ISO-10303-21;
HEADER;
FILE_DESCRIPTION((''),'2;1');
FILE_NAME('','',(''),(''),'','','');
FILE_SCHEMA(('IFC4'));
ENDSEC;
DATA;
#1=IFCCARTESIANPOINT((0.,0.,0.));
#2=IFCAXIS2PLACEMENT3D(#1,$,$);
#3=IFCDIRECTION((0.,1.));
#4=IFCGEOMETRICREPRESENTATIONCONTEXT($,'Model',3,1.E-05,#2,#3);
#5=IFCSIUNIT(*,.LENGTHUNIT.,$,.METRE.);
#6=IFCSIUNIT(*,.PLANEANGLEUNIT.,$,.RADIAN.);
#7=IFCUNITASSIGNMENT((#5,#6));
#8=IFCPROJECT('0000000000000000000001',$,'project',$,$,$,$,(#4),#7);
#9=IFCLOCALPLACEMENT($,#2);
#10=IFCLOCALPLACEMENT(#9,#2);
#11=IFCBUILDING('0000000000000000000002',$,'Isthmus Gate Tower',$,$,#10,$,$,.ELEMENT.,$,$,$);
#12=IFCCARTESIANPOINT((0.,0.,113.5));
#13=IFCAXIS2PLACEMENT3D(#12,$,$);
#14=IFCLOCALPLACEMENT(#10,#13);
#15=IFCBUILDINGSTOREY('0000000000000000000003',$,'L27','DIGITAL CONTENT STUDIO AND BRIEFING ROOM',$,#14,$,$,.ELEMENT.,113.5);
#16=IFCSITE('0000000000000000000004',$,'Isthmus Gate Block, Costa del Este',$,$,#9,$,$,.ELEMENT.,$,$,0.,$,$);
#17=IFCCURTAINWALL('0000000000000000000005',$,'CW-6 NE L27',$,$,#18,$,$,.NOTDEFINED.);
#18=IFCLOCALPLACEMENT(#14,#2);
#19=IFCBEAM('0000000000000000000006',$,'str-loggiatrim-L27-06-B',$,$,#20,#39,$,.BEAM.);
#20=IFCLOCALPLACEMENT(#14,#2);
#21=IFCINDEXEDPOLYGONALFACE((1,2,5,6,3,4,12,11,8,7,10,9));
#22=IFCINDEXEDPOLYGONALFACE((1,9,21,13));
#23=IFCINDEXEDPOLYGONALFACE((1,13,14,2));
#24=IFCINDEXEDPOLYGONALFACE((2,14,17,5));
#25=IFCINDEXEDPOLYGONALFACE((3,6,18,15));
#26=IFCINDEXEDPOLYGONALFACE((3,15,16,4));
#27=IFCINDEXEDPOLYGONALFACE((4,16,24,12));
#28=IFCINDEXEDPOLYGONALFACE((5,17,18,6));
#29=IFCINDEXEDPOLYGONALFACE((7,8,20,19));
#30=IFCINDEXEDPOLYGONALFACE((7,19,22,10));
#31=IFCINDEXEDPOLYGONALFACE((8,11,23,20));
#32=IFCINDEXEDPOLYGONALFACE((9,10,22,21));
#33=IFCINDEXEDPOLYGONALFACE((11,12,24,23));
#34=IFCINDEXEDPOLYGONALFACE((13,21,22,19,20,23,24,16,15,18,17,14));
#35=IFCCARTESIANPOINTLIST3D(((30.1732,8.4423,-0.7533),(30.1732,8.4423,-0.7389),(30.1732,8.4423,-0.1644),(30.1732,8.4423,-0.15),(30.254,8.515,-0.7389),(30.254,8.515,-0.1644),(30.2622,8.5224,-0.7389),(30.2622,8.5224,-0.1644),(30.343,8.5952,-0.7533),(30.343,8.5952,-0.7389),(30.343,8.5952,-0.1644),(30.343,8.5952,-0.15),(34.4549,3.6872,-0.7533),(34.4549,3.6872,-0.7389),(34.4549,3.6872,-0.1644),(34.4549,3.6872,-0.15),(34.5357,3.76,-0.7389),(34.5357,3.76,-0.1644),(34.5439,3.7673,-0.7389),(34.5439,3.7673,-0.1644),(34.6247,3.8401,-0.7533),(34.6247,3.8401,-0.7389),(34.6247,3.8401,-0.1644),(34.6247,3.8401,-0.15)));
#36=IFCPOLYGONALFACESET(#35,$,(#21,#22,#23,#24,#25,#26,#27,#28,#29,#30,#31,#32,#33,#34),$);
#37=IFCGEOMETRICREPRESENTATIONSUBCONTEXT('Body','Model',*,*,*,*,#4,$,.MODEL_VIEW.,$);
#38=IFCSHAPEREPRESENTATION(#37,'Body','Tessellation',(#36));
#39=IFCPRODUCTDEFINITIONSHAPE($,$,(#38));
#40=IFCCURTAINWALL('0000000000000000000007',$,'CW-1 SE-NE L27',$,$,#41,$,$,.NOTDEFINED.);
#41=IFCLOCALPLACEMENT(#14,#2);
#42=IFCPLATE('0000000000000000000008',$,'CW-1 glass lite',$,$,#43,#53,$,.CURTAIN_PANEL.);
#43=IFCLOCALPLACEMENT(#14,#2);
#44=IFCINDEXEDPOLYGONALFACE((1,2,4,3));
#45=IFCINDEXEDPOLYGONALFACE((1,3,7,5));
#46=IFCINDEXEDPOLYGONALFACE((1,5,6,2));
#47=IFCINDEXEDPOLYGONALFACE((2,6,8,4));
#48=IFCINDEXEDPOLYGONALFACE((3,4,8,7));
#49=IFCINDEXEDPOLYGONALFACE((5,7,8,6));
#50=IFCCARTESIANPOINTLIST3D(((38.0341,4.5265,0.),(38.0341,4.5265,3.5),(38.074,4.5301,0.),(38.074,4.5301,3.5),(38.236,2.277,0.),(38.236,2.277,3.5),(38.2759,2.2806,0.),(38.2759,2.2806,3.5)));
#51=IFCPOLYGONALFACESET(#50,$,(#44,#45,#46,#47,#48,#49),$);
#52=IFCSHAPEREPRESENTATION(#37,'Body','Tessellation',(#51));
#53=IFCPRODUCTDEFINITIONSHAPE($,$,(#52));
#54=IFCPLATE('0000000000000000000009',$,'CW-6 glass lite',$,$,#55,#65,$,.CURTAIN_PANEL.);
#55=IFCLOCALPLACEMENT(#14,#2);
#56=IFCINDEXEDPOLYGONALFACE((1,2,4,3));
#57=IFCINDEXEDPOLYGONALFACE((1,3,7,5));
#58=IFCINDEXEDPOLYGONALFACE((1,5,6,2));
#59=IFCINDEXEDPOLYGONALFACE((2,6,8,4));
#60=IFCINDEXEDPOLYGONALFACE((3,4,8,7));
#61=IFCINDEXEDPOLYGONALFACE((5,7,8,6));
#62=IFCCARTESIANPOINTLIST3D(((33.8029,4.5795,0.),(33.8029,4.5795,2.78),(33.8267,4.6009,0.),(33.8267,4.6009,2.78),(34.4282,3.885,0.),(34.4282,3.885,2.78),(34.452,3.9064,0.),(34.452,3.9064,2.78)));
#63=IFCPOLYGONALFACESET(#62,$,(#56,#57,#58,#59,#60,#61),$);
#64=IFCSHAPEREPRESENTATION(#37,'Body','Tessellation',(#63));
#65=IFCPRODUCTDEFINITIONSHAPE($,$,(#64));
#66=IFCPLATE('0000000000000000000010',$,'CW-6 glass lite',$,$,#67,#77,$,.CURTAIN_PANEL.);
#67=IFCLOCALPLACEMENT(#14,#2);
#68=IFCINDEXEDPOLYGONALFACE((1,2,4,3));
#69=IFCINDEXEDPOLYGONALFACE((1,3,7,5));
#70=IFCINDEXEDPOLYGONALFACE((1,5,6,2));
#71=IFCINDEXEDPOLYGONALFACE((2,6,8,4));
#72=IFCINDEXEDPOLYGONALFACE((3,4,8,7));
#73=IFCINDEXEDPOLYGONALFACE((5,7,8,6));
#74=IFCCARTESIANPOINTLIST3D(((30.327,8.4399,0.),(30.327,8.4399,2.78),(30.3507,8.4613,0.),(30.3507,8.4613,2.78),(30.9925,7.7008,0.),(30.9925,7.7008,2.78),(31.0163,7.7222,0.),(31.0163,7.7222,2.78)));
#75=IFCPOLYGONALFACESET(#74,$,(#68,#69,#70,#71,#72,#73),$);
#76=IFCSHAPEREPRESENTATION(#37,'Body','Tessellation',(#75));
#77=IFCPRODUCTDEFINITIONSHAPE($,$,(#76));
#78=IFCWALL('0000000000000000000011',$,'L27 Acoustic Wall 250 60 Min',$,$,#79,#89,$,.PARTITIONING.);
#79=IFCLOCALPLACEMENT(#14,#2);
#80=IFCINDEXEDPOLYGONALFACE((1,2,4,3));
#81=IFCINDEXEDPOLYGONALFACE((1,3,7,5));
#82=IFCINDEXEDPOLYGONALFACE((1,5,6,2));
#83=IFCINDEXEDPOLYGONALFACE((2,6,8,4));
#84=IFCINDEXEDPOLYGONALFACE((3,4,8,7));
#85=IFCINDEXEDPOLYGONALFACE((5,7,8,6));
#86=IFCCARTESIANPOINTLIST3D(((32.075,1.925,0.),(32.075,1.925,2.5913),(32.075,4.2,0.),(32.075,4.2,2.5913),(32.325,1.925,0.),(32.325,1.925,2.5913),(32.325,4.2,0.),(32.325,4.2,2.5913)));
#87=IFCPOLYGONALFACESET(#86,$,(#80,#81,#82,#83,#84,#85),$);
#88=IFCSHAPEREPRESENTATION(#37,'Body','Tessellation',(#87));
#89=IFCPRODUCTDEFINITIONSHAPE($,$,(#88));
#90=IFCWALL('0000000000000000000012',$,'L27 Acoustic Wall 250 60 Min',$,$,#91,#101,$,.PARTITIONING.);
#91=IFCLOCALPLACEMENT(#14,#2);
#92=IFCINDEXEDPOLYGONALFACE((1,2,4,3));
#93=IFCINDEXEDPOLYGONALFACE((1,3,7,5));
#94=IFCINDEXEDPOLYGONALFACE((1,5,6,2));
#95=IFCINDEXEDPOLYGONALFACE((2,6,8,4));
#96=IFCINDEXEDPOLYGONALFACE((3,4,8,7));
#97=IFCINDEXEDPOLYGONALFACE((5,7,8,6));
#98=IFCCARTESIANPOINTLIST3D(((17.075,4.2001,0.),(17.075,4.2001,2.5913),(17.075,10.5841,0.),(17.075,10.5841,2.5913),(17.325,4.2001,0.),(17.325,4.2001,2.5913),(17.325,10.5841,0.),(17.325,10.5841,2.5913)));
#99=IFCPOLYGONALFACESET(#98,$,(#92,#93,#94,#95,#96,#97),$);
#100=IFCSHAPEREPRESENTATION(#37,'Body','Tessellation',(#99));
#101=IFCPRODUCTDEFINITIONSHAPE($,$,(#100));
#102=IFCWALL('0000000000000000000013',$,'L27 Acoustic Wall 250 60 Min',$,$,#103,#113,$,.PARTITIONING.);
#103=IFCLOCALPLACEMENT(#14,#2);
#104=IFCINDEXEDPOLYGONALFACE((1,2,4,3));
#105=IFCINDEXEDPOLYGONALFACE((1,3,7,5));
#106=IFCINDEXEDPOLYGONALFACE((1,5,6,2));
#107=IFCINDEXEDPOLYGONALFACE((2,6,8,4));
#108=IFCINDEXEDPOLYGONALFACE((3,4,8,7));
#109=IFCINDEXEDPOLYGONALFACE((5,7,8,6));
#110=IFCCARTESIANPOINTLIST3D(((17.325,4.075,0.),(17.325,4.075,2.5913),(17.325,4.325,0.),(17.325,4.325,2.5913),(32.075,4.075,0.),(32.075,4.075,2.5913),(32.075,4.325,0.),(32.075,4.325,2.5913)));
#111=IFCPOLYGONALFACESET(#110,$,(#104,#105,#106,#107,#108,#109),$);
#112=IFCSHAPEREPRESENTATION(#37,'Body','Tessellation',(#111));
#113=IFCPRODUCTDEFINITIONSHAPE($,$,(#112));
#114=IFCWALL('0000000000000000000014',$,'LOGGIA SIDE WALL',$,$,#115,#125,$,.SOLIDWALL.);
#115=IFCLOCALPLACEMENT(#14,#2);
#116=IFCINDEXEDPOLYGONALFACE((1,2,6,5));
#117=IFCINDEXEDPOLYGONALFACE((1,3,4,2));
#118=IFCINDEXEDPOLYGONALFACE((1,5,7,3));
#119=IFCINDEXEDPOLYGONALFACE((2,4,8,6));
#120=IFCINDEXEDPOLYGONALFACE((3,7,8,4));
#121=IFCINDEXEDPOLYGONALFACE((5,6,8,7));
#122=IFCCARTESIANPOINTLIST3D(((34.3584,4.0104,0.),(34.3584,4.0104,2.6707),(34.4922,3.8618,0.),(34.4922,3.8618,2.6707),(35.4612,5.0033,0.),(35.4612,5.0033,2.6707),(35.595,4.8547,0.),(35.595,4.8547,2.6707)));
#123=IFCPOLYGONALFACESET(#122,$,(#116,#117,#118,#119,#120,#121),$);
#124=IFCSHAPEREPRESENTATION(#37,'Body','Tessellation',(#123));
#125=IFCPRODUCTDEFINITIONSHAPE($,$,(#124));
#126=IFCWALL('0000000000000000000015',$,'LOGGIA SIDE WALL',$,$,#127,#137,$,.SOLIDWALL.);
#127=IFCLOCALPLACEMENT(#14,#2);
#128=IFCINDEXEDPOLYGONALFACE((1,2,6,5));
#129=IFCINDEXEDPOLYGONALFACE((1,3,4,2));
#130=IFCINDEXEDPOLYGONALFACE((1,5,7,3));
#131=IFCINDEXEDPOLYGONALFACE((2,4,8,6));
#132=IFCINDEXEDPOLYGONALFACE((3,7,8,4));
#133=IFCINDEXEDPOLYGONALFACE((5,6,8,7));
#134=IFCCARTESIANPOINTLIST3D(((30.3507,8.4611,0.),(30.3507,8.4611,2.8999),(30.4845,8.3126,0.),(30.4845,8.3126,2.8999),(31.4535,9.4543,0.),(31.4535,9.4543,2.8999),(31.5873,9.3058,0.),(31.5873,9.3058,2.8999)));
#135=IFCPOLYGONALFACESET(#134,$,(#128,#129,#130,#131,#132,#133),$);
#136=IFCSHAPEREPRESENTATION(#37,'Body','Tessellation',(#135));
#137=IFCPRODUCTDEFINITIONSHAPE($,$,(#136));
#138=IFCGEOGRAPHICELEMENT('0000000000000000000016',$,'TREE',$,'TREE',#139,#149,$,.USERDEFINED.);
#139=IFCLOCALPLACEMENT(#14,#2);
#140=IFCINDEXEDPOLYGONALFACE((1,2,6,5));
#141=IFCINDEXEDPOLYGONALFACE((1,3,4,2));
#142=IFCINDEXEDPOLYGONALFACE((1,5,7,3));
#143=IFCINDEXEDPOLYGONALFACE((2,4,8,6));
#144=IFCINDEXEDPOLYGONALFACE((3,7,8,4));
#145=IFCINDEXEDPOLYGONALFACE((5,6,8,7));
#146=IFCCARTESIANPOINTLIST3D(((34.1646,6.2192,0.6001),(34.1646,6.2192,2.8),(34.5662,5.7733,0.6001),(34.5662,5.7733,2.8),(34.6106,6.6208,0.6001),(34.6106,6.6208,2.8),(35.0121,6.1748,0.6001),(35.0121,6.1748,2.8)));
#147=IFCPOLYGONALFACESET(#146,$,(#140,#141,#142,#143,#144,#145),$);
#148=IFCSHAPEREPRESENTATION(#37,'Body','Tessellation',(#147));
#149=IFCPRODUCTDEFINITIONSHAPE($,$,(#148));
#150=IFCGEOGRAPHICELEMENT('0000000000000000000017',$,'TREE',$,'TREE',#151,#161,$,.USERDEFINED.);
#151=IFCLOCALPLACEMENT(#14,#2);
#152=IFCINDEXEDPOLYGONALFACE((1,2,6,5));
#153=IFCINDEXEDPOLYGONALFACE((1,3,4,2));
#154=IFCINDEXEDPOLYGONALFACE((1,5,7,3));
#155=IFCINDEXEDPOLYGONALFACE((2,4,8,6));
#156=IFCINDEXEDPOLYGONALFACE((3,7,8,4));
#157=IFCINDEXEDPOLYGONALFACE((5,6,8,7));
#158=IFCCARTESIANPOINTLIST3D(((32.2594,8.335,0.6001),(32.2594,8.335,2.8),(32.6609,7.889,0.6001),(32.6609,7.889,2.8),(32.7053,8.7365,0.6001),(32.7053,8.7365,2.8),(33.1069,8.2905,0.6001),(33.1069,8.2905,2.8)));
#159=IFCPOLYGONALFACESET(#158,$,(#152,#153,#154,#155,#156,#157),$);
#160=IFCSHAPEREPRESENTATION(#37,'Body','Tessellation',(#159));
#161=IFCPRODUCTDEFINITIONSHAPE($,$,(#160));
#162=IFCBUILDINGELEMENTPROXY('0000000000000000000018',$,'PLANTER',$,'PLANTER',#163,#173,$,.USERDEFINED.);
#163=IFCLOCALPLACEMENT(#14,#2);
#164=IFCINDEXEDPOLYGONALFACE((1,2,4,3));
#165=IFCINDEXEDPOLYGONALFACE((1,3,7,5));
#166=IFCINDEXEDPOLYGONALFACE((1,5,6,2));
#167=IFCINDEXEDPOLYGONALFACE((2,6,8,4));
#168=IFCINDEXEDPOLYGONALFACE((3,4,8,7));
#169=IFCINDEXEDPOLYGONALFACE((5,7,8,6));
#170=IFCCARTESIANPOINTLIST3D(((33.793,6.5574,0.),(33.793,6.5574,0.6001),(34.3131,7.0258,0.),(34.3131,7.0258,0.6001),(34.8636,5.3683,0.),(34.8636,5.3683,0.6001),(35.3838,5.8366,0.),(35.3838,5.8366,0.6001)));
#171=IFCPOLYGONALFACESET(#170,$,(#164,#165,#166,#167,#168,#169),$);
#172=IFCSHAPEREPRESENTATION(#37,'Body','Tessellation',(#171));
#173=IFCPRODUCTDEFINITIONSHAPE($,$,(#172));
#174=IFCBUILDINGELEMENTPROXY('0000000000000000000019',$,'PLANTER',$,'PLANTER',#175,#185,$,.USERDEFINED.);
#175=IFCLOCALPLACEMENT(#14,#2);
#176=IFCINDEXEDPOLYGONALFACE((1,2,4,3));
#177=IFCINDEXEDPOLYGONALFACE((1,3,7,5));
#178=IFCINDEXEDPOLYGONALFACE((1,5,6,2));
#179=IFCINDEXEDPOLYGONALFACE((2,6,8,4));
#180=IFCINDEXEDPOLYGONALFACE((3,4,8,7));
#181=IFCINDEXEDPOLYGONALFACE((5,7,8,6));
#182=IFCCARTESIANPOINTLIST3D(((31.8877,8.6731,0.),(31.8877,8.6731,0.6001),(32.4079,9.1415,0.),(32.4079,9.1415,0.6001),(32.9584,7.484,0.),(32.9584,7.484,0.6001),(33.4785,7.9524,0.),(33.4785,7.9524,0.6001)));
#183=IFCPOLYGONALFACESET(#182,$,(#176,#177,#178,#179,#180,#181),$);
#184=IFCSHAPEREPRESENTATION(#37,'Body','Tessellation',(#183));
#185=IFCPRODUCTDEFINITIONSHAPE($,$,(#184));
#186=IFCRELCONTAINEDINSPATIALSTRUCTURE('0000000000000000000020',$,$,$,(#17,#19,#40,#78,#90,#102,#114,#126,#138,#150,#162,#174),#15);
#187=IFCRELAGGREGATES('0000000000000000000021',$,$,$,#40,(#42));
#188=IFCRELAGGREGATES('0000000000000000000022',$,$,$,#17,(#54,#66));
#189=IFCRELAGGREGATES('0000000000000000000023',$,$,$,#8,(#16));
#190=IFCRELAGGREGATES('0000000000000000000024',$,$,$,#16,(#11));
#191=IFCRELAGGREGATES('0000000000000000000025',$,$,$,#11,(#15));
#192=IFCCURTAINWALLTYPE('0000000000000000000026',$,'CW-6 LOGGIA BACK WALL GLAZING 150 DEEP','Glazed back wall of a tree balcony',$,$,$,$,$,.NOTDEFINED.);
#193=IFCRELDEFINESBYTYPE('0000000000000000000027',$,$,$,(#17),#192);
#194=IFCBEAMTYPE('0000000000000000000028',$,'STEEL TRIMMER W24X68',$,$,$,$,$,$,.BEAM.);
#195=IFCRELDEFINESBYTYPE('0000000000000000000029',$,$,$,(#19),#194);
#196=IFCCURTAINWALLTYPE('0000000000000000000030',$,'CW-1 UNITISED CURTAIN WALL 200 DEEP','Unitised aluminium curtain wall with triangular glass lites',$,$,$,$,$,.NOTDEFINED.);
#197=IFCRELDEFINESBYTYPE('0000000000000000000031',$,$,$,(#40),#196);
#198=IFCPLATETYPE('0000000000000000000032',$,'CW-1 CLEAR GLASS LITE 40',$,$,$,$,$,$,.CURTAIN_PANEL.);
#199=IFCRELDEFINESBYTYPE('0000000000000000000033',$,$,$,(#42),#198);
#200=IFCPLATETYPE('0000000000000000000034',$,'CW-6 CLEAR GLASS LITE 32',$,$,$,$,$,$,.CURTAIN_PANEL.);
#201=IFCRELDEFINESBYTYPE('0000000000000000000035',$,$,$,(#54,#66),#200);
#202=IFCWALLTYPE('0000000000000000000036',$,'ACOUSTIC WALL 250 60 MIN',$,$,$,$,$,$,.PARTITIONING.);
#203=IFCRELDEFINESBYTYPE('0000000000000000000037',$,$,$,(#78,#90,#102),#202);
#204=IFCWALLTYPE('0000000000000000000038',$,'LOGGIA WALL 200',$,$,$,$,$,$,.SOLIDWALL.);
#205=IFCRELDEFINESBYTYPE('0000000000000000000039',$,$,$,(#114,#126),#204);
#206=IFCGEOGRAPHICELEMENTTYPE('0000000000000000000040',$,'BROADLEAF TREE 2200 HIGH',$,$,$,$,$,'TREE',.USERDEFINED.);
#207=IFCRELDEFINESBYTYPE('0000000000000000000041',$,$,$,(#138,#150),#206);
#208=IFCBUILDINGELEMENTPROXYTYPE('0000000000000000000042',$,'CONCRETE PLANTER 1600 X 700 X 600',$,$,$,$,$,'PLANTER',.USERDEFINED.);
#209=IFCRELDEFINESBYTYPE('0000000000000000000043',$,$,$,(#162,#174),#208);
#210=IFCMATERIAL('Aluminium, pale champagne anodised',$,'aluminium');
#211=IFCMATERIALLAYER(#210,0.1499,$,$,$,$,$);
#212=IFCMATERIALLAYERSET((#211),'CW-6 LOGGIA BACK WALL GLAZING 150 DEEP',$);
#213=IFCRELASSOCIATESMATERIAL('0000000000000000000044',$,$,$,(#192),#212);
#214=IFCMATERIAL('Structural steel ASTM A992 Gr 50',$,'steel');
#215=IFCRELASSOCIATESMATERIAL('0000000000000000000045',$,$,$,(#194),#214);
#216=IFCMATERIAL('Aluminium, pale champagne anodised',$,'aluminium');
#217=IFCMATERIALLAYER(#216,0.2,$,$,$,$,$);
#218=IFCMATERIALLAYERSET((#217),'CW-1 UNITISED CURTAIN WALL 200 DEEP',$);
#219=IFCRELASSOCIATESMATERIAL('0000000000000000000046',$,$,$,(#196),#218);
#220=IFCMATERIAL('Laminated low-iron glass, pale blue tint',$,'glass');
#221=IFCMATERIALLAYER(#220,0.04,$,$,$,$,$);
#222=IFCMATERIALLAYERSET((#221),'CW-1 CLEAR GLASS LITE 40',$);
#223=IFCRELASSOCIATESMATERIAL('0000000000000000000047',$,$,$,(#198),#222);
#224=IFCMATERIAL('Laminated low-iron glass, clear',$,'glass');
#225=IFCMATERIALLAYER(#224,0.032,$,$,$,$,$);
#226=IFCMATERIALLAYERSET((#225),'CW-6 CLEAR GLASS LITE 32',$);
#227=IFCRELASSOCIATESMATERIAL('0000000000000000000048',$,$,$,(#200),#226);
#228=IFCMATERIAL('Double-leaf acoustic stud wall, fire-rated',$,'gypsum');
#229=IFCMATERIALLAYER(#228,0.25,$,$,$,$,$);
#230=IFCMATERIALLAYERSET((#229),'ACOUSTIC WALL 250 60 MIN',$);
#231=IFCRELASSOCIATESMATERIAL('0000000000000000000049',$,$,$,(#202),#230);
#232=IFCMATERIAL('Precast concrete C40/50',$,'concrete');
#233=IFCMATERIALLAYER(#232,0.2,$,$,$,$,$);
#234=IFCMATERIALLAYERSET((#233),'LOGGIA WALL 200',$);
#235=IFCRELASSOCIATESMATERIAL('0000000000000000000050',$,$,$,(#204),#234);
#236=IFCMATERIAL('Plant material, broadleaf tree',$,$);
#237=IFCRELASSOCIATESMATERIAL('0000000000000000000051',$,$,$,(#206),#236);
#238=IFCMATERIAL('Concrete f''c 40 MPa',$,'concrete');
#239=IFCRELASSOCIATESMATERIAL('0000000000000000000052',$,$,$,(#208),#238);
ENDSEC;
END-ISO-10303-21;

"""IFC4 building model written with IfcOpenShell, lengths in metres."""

from ifc_helpers import new_model, si_unit, direction, frame, frame_2d, origin, origin_2d, place, context, subcontext, project, spatial, rectangle, i_section, extrude, material, layer, layer_set, material_profile, profile_set, type_object, element, aggregate, save


model = new_model("IFC4")

# Units and contexts
model_context = context("Model", 3, precision=1e-05, world=origin(), true_north=direction((0.0, 1.0)))
body_context = subcontext(model_context, "Body", "Model", "MODEL_VIEW")
ifc_project = project(units=[si_unit("LENGTHUNIT", "METRE"), si_unit("PLANEANGLEUNIT", "RADIAN")], contexts=[model_context])

# Site, building, storey
site_placement = place(None, origin())
site = spatial("IfcSite", under=ifc_project, at=site_placement, Name="Isthmus Gate Block, Costa del Este", CompositionType="ELEMENT", RefElevation=0.0)
building_placement = place(site_placement, origin())
building = spatial("IfcBuilding", under=site, at=building_placement, Name="Isthmus Gate Tower", CompositionType="ELEMENT")
storey_placement = place(building_placement, frame((0.0, 0.0, 113.5)))
storey = spatial("IfcBuildingStorey", under=building, at=storey_placement, Name="L27", Description="DIGITAL CONTENT STUDIO AND BRIEFING ROOM", CompositionType="ELEMENT", Elevation=113.5)

# Curtain wall
ifc_material_1 = material(Name="Aluminium, pale champagne anodised", Category="aluminium")
ifc_layer_1 = layer(ifc_material_1, 0.1499)
ifc_layer_set_1 = layer_set([ifc_layer_1], Name="CW-6 LOGGIA BACK WALL GLAZING 150 DEEP")
curtain_wall_type_1 = type_object("IfcCurtainWallType", Name="CW-6 LOGGIA BACK WALL GLAZING 150 DEEP", Description="Glazed back wall of a tree balcony", PredefinedType="NOTDEFINED", material=ifc_layer_set_1)
curtain_wall_1_placement = place(storey_placement, origin())
curtain_wall_1 = element("IfcCurtainWall", 1, at=curtain_wall_1_placement, inside=storey, type_object=curtain_wall_type_1, Name="CW-6 NE L27", PredefinedType="NOTDEFINED")

# Beam
ifc_material_2 = material(Name="Structural steel ASTM A992 Gr 50", Category="steel")
ifc_material_profile_1 = material_profile(ifc_material_2, i_section(OverallWidth=0.2285, OverallDepth=0.6033, WebThickness=0.011, FlangeThickness=0.0144, at=origin_2d()), Name="W24X68")
ifc_profile_set_1 = profile_set([ifc_material_profile_1], Name="Structural steel ASTM A992 Gr 50")
beam_type_1 = type_object("IfcBeamType", Name="STEEL TRIMMER W24X68", PredefinedType="BEAM", material=ifc_profile_set_1)
beam_1_placement = place(storey_placement, frame((34.5398, 3.7637, -0.4517), z_axis=(-0.669148, 0.743129, 0.0), x_axis=(-0.743129, -0.669148, 0.0)))
element("IfcBeam", 2, at=beam_1_placement, inside=storey, type_object=beam_type_1, Name="str-loggiatrim-L27-06-B", PredefinedType="BEAM", context=body_context, shape_type="SweptSolid", body=[
    extrude(i_section(OverallWidth=0.2285, OverallDepth=0.6033, WebThickness=0.011, FlangeThickness=0.0144, at=origin_2d()), origin(), (0.0, 0.0, 1.0), 6.3987),
])

# Curtain wall, plate
ifc_material_3 = material(Name="Aluminium, pale champagne anodised", Category="aluminium")
ifc_layer_2 = layer(ifc_material_3, 0.2)
ifc_layer_set_2 = layer_set([ifc_layer_2], Name="CW-1 UNITISED CURTAIN WALL 200 DEEP")
curtain_wall_type_2 = type_object("IfcCurtainWallType", Name="CW-1 UNITISED CURTAIN WALL 200 DEEP", Description="Unitised aluminium curtain wall with triangular glass lites", PredefinedType="NOTDEFINED", material=ifc_layer_set_2)
curtain_wall_2_placement = place(storey_placement, origin())
curtain_wall_2 = element("IfcCurtainWall", 3, at=curtain_wall_2_placement, inside=storey, type_object=curtain_wall_type_2, Name="CW-1 SE-NE L27", PredefinedType="NOTDEFINED")
ifc_material_4 = material(Name="Laminated low-iron glass, pale blue tint", Category="glass")
ifc_layer_3 = layer(ifc_material_4, 0.04)
ifc_layer_set_3 = layer_set([ifc_layer_3], Name="CW-1 CLEAR GLASS LITE 40")
plate_type_1 = type_object("IfcPlateType", Name="CW-1 CLEAR GLASS LITE 40", PredefinedType="CURTAIN_PANEL", material=ifc_layer_set_3)
plate_1_placement = place(storey_placement, frame((38.155, 3.4036, 0.0), z_axis=(0.0, 0.0, 1.0), x_axis=(-0.089397, 0.995996, 0.0)))
plate_1 = element("IfcPlate", 4, at=plate_1_placement, type_object=plate_type_1, Name="CW-1 glass lite", PredefinedType="CURTAIN_PANEL", context=body_context, shape_type="SweptSolid", body=[
    extrude(rectangle(XDim=2.2585, YDim=0.04, at=origin_2d()), origin(), (0.0, 0.0, 1.0), 3.5),
])
aggregate(curtain_wall_2, [plate_1])

# Plates
ifc_material_5 = material(Name="Laminated low-iron glass, clear", Category="glass")
ifc_layer_4 = layer(ifc_material_5, 0.032)
ifc_layer_set_4 = layer_set([ifc_layer_4], Name="CW-6 CLEAR GLASS LITE 32")
plate_type_2 = type_object("IfcPlateType", Name="CW-6 CLEAR GLASS LITE 32", PredefinedType="CURTAIN_PANEL", material=ifc_layer_set_4)
plate_2_placement = place(storey_placement, frame((34.1274, 4.2429, 0.0), z_axis=(0.0, 0.0, 1.0), x_axis=(-0.669131, 0.743145, 0.0)))
plate_2 = element("IfcPlate", 5, at=plate_2_placement, type_object=plate_type_2, Name="CW-6 glass lite", PredefinedType="CURTAIN_PANEL", context=body_context, shape_type="SweptSolid", body=[
    extrude(rectangle(XDim=0.9346, YDim=0.032, at=origin_2d()), origin(), (0.0, 0.0, 1.0), 2.78),
])
plate_3_placement = place(storey_placement, frame((30.6716, 8.0811, 0.0), z_axis=(0.0, 0.0, 1.0), x_axis=(-0.669131, 0.743145, 0.0)))
plate_3 = element("IfcPlate", 6, at=plate_3_placement, type_object=plate_type_2, Name="CW-6 glass lite", PredefinedType="CURTAIN_PANEL", context=body_context, shape_type="SweptSolid", body=[
    extrude(rectangle(XDim=0.9946, YDim=0.032, at=origin_2d()), origin(), (0.0, 0.0, 1.0), 2.78),
])
aggregate(curtain_wall_1, [plate_2, plate_3])

# Walls
ifc_material_6 = material(Name="Double-leaf acoustic stud wall, fire-rated", Category="gypsum")
ifc_layer_5 = layer(ifc_material_6, 0.25)
ifc_layer_set_5 = layer_set([ifc_layer_5], Name="ACOUSTIC WALL 250 60 MIN")
wall_type_1 = type_object("IfcWallType", Name="ACOUSTIC WALL 250 60 MIN", PredefinedType="PARTITIONING", material=ifc_layer_set_5)
wall_1_placement = place(storey_placement, frame((32.2, 4.2, 0.0), z_axis=(0.0, 0.0, 1.0), x_axis=(0.0, -1.0, 0.0)))
element("IfcWall", 7, at=wall_1_placement, inside=storey, type_object=wall_type_1, Name="L27 Acoustic Wall 250 60 Min", PredefinedType="PARTITIONING", context=body_context, shape_type="SweptSolid", body=[
    extrude(rectangle(XDim=2.2749, YDim=0.25, at=frame_2d((1.1375, 0.0))), origin(), (0.0, 0.0, 1.0), 2.5913),
])
wall_2_placement = place(storey_placement, frame((17.2, 10.584, 0.0), z_axis=(0.0, 0.0, 1.0), x_axis=(0.0, -1.0, 0.0)))
element("IfcWall", 8, at=wall_2_placement, inside=storey, type_object=wall_type_1, Name="L27 Acoustic Wall 250 60 Min", PredefinedType="PARTITIONING", context=body_context, shape_type="SweptSolid", body=[
    extrude(rectangle(XDim=6.384, YDim=0.25, at=frame_2d((3.1919, 0.0))), origin(), (0.0, 0.0, 1.0), 2.5913),
])
wall_3_placement = place(storey_placement, frame((17.325, 4.2, 0.0), z_axis=(0.0, 0.0, 1.0), x_axis=(1.0, 0.0, 0.0)))
element("IfcWall", 9, at=wall_3_placement, inside=storey, type_object=wall_type_1, Name="L27 Acoustic Wall 250 60 Min", PredefinedType="PARTITIONING", context=body_context, shape_type="SweptSolid", body=[
    extrude(rectangle(XDim=14.75, YDim=0.25, at=frame_2d((7.375, 0.0))), origin(), (0.0, 0.0, 1.0), 2.5913),
])

# Shared definitions
ifc_material_7 = material(Name="Precast concrete C40/50", Category="concrete")
ifc_layer_6 = layer(ifc_material_7, 0.2)
ifc_layer_set_6 = layer_set([ifc_layer_6], Name="LOGGIA WALL 200")
wall_type_2 = type_object("IfcWallType", Name="LOGGIA WALL 200", PredefinedType="SOLIDWALL", material=ifc_layer_set_6)

# Walls
wall_4_placement = place(storey_placement, frame((35.5281, 4.929, 0.0), z_axis=(0.0, 0.0, 1.0), x_axis=(-0.743155, -0.669119, 0.0)))
element("IfcWall", 10, at=wall_4_placement, inside=storey, type_object=wall_type_2, Name="LOGGIA SIDE WALL", PredefinedType="SOLIDWALL", context=body_context, shape_type="SweptSolid", body=[
    extrude(rectangle(XDim=1.4839, YDim=0.2, at=frame_2d((0.7419, 0.0))), origin(), (0.0, 0.0, 1.0), 2.6707),
])
wall_5_placement = place(storey_placement, frame((31.5205, 9.3801, 0.0), z_axis=(0.0, 0.0, 1.0), x_axis=(-0.743073, -0.66921, 0.0)))
element("IfcWall", 11, at=wall_5_placement, inside=storey, type_object=wall_type_2, Name="LOGGIA SIDE WALL", PredefinedType="SOLIDWALL", context=body_context, shape_type="SweptSolid", body=[
    extrude(rectangle(XDim=1.4841, YDim=0.2, at=frame_2d((0.7422, 0.0))), origin(), (0.0, 0.0, 1.0), 2.8999),
])

# Geographic elements
ifc_material_8 = material(Name="Plant material, broadleaf tree")
geographic_element_type = type_object("IfcGeographicElementType", Name="BROADLEAF TREE 2200 HIGH", ElementType="TREE", PredefinedType="USERDEFINED", material=ifc_material_8)
for number, where, z_axis, x_axis, name in (
    (12, (34.5884, 6.197, 0.6001), (0.0, 0.0, 1.0), (-0.669131, 0.743145, 0.0), "TREE"),
    (13, (32.6831, 8.3127, 0.6001), (0.0, 0.0, 1.0), (-0.669131, 0.743145, 0.0), "TREE"),
):
    element("IfcGeographicElement", number, at=place(storey_placement, frame(where, z_axis=z_axis, x_axis=x_axis)), inside=storey, type_object=geographic_element_type, Name=name, ObjectType="TREE", PredefinedType="USERDEFINED", context=body_context, shape_type="SweptSolid", body=[
        extrude(rectangle(XDim=0.6001, YDim=0.6001, at=origin_2d()), origin(), (0.0, 0.0, 1.0), 2.2),
    ])

# Building element proxies
ifc_material_9 = material(Name="Concrete f'c 40 MPa", Category="concrete")
building_element_proxy_type = type_object("IfcBuildingElementProxyType", Name="CONCRETE PLANTER 1600 X 700 X 600", ElementType="PLANTER", PredefinedType="USERDEFINED", material=ifc_material_9)
for number, where, z_axis, x_axis, name in (
    (14, (34.5884, 6.197, 0.0), (0.0, 0.0, 1.0), (-0.669131, 0.743145, 0.0), "PLANTER"),
    (15, (32.6831, 8.3127, 0.0), (0.0, 0.0, 1.0), (-0.669131, 0.743145, 0.0), "PLANTER"),
):
    element("IfcBuildingElementProxy", number, at=place(storey_placement, frame(where, z_axis=z_axis, x_axis=x_axis)), inside=storey, type_object=building_element_proxy_type, Name=name, ObjectType="PLANTER", PredefinedType="USERDEFINED", context=body_context, shape_type="SweptSolid", body=[
        extrude(rectangle(XDim=1.6001, YDim=0.7, at=origin_2d()), origin(), (0.0, 0.0, 1.0), 0.6001),
    ])

save(model, "model.ifc")
